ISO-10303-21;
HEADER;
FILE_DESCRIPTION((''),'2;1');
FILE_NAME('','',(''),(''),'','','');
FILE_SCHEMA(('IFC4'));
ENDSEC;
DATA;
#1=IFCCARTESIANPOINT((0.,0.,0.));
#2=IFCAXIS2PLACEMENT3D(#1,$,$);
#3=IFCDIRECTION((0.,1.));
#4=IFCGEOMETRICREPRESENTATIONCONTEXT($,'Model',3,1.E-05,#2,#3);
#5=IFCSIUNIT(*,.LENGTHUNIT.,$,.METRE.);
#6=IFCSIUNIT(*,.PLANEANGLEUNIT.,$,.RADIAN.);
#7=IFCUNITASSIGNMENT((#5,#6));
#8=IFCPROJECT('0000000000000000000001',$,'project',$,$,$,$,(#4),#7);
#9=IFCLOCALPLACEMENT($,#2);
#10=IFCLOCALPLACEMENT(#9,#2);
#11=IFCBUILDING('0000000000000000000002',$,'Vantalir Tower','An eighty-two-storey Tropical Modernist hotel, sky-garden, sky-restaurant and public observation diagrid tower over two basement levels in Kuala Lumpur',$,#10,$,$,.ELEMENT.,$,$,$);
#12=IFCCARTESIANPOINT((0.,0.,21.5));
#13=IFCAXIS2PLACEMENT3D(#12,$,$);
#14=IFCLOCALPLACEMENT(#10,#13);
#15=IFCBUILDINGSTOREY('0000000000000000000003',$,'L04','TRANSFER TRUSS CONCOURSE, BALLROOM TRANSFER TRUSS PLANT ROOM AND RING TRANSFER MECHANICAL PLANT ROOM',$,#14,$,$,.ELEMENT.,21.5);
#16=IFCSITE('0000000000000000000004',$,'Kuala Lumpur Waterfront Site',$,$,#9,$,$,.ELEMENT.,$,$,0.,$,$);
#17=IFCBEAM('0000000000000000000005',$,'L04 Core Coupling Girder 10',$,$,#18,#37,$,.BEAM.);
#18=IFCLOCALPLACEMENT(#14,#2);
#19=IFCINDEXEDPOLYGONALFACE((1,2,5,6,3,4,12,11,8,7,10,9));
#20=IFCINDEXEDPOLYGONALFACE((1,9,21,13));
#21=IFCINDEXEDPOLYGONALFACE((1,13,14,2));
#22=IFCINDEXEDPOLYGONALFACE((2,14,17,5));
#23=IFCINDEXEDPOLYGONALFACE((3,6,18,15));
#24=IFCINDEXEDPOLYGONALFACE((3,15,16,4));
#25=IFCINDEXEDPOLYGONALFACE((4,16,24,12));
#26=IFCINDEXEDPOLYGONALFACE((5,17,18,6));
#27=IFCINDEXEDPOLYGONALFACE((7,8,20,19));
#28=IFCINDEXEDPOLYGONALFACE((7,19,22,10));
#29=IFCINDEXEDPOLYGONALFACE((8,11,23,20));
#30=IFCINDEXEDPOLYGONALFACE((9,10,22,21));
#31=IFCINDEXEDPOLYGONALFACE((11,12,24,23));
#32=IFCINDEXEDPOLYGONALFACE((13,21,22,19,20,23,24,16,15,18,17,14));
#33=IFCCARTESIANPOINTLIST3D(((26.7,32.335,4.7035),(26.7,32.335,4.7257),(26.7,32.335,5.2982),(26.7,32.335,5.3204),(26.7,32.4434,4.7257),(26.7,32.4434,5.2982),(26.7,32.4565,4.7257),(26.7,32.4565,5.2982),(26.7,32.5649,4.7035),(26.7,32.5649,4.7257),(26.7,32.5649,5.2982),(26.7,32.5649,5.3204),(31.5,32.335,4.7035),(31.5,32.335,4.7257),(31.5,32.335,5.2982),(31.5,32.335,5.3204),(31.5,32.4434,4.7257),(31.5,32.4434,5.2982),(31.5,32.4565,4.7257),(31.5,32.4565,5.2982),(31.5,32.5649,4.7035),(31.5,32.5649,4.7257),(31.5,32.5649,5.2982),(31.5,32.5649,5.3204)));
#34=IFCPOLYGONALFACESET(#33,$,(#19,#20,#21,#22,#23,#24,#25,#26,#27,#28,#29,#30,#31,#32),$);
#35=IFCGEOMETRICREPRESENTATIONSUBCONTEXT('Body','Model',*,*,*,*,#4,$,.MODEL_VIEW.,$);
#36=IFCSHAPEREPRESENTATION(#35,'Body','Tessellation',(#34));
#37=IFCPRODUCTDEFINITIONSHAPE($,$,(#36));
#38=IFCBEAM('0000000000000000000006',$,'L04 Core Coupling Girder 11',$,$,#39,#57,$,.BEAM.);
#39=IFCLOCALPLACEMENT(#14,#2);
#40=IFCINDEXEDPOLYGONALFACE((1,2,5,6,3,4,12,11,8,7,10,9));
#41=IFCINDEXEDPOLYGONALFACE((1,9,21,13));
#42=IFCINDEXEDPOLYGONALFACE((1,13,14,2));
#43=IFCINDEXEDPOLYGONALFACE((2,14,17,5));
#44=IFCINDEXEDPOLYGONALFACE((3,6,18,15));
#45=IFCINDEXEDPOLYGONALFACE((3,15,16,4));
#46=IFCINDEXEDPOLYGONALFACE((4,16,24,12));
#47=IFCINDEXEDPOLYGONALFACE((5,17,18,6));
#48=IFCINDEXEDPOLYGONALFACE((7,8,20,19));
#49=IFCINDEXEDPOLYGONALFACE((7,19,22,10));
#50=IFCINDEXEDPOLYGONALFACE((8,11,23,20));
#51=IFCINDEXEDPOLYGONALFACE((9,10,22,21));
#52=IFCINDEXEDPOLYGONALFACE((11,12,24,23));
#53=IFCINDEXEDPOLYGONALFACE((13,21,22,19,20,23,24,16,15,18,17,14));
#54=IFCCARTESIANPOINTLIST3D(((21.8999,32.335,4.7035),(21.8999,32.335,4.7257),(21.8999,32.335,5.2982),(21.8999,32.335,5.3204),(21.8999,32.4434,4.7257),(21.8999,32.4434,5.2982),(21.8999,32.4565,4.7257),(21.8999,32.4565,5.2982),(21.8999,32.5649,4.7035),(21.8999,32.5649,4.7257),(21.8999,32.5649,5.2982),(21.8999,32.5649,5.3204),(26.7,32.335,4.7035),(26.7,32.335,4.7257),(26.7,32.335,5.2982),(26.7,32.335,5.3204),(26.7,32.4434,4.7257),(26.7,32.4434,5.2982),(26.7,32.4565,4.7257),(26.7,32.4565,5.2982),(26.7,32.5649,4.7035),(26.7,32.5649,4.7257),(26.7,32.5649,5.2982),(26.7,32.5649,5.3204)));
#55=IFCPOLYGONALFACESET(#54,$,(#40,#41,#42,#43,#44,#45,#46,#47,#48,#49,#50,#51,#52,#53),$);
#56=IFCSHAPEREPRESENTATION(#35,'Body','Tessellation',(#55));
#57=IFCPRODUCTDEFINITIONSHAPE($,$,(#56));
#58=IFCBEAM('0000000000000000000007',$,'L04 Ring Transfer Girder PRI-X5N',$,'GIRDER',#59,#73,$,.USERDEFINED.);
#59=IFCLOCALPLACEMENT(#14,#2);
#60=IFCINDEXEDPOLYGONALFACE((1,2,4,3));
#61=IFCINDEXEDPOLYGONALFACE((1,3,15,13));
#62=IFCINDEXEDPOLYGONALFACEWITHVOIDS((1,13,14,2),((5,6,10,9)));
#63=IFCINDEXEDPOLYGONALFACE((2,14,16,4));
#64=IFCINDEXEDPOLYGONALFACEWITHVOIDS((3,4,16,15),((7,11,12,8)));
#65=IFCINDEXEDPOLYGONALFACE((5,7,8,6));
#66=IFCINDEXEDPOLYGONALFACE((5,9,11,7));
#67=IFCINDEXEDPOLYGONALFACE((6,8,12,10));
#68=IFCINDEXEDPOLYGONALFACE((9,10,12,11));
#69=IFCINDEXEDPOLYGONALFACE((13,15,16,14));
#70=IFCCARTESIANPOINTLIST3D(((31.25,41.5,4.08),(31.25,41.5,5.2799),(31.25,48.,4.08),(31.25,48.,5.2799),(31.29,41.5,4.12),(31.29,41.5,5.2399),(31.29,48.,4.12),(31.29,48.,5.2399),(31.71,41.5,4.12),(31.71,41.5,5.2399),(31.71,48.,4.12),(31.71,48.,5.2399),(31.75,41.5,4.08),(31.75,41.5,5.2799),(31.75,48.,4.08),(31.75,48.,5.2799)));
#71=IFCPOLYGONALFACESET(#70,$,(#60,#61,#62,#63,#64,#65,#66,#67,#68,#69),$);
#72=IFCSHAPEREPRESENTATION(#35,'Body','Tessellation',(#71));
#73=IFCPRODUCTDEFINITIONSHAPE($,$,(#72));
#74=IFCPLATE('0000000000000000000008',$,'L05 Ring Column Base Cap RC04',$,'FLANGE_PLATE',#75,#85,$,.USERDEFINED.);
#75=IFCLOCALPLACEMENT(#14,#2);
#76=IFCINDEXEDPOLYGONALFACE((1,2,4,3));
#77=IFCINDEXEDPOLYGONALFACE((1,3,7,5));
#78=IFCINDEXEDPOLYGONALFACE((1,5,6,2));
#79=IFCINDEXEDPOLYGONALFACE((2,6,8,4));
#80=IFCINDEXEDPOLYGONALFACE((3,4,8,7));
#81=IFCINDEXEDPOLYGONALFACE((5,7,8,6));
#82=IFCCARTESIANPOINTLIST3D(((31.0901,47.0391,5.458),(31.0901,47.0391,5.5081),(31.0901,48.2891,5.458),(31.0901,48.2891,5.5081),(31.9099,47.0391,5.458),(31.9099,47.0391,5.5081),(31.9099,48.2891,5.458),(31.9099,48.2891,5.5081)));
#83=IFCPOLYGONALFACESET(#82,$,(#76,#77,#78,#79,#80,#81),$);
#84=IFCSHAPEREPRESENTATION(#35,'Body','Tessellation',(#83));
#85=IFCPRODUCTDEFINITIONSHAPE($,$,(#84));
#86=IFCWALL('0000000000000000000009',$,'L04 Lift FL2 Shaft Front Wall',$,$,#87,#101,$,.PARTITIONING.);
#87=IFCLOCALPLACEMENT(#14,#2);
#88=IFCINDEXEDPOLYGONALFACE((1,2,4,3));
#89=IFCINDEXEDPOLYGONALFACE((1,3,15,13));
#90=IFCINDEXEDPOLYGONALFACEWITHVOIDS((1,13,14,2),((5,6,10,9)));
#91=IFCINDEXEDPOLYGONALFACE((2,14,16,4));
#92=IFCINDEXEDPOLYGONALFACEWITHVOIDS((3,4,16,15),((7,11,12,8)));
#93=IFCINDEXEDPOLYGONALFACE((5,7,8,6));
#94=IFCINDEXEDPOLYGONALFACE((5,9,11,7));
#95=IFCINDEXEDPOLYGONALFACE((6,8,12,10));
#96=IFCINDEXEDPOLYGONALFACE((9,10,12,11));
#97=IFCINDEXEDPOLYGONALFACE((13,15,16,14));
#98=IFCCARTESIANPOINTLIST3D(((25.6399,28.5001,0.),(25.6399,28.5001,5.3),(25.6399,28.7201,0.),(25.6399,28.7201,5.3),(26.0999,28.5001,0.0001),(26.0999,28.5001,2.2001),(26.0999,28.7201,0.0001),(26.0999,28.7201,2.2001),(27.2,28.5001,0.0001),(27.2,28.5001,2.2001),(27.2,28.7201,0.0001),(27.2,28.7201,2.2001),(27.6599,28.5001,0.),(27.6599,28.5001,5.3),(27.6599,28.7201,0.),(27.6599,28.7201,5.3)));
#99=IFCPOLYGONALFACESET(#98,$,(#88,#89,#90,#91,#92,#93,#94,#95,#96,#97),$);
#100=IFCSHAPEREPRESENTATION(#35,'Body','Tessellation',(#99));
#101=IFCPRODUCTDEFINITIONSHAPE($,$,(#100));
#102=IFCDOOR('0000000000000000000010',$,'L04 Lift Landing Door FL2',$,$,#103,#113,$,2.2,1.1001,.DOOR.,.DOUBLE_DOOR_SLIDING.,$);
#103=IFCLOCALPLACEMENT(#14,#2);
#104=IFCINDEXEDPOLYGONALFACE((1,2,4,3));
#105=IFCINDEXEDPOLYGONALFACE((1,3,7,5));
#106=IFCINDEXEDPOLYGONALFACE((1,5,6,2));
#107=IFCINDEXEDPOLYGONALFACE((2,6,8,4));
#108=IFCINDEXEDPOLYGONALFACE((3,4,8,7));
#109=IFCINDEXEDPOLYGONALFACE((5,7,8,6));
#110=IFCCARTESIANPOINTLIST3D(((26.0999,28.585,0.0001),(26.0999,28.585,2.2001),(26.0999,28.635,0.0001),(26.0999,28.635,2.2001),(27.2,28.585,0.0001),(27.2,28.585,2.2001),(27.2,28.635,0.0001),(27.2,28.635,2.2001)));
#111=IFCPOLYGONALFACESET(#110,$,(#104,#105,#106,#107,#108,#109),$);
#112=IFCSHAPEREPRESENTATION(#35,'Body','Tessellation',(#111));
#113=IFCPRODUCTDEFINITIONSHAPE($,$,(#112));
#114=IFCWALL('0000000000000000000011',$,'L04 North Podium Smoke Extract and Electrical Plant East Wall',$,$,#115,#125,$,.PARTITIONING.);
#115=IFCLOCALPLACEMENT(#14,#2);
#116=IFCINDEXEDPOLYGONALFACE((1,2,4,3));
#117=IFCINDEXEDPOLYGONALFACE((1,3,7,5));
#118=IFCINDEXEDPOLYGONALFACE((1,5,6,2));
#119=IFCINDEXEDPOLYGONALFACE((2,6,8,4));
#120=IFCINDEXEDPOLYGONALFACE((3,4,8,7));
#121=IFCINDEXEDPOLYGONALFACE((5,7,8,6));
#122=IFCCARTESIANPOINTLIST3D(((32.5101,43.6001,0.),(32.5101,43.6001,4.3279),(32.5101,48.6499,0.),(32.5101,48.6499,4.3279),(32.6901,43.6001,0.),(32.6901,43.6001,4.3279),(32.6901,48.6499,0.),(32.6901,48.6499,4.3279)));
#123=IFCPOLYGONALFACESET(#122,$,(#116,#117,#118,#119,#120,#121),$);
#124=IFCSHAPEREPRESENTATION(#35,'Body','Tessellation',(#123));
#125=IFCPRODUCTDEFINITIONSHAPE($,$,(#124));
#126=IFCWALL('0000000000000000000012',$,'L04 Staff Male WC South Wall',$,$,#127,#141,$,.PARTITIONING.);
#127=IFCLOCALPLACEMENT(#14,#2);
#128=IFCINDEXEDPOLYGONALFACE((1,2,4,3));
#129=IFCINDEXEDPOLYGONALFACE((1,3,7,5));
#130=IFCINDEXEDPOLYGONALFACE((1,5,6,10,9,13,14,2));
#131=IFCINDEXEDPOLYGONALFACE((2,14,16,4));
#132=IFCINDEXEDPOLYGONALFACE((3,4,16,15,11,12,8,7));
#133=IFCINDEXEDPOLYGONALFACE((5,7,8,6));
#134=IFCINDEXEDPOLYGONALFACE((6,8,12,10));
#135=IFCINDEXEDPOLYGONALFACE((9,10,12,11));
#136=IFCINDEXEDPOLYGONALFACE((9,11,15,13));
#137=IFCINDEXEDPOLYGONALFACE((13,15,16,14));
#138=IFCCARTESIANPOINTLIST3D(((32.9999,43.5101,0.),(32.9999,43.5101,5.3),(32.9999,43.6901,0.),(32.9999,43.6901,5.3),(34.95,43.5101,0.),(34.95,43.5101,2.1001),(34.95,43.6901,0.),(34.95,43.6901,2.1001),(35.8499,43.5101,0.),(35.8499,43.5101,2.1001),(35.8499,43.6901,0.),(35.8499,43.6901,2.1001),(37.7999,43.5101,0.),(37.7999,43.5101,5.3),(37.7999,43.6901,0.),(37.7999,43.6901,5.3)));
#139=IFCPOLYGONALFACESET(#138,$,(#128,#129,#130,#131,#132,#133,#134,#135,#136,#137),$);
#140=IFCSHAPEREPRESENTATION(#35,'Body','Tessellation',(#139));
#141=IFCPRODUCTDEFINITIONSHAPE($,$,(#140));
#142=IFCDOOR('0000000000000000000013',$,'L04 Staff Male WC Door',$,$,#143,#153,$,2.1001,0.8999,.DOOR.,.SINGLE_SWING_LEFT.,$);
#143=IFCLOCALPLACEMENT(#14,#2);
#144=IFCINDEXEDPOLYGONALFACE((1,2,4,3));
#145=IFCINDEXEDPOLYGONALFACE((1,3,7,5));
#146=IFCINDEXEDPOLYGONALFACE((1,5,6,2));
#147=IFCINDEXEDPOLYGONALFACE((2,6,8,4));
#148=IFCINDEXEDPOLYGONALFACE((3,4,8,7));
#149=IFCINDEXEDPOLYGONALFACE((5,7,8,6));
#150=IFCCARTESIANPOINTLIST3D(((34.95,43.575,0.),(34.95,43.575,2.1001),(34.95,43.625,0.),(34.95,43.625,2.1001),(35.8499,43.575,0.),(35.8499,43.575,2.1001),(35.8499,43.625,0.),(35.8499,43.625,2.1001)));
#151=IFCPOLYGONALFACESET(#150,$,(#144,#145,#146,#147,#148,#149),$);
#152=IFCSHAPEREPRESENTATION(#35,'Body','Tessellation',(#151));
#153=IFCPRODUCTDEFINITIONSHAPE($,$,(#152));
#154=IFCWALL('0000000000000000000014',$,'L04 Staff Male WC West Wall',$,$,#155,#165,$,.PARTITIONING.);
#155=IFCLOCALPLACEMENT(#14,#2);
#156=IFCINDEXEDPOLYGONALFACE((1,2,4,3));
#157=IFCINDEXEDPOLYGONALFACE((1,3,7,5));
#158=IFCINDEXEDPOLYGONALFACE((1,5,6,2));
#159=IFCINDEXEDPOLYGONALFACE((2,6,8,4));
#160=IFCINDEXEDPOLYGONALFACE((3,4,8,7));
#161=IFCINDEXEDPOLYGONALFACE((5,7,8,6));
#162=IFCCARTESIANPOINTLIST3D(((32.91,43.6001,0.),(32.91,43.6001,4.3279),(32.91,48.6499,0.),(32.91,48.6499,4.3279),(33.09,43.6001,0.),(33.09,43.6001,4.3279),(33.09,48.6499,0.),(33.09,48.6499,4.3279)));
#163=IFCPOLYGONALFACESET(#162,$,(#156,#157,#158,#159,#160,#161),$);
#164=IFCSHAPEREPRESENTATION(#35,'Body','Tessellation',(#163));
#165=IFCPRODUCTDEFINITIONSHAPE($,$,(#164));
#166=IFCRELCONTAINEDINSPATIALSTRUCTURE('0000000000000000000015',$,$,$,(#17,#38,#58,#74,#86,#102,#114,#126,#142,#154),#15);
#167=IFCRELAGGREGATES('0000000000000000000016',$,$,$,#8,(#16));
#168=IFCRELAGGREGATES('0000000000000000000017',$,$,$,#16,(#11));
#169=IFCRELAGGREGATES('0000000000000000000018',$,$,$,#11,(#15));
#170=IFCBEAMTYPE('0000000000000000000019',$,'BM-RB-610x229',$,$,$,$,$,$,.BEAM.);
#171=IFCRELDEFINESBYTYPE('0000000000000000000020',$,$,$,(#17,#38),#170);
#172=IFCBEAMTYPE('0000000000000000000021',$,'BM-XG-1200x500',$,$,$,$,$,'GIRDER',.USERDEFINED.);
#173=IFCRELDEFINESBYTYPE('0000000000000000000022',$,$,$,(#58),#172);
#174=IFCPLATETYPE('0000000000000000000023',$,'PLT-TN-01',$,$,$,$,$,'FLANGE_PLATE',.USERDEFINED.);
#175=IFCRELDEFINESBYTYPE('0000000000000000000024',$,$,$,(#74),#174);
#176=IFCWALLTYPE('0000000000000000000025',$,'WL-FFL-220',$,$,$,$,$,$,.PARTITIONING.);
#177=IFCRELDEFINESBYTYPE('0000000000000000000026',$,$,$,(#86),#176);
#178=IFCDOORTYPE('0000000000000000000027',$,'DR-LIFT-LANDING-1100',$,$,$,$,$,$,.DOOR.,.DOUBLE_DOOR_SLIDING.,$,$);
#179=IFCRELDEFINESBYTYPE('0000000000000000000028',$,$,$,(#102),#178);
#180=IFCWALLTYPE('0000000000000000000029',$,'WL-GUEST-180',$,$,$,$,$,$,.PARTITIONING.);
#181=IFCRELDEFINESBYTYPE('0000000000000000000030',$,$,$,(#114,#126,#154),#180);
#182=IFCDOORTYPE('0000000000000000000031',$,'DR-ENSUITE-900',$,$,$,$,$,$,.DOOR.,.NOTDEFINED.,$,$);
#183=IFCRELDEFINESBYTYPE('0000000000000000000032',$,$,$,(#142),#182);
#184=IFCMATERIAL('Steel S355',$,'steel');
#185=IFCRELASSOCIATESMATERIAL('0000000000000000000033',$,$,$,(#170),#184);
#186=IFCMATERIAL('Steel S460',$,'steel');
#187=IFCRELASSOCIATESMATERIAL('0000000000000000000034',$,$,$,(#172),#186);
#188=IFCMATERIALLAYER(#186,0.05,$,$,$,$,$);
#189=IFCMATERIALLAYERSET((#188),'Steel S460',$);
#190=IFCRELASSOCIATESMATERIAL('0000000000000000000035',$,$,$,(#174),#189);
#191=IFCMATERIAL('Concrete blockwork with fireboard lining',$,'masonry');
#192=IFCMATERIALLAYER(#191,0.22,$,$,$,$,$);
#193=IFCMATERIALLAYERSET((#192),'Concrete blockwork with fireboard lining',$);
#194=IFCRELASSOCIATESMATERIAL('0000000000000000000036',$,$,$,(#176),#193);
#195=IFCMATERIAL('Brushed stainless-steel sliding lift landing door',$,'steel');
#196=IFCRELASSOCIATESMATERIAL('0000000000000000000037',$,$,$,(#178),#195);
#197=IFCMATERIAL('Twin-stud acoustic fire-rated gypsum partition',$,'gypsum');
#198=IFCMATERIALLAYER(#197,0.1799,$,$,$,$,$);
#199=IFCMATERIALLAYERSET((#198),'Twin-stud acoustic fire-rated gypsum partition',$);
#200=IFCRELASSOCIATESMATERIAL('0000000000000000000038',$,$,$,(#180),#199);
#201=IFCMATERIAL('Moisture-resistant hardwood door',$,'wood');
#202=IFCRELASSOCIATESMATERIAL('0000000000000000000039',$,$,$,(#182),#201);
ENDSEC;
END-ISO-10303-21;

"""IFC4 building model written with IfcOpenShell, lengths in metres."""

from ifc_helpers import new_model, si_unit, direction, frame, frame_2d, origin, origin_2d, place, context, subcontext, project, spatial, polyline, rectangle, hollow_rectangle, i_section, outline, extrude, material, layer, layer_set, material_profile, profile_set, type_object, element, fill, save


model = new_model("IFC4")

# Units and contexts
model_context = context("Model", 3, precision=1e-05, world=origin(), true_north=direction((0.0, 1.0)))
body_context = subcontext(model_context, "Body", "Model", "MODEL_VIEW")
ifc_project = project(units=[si_unit("LENGTHUNIT", "METRE"), si_unit("PLANEANGLEUNIT", "RADIAN")], contexts=[model_context])

# Site, building, storey
site_placement = place(None, origin())
site = spatial("IfcSite", under=ifc_project, at=site_placement, Name="Kuala Lumpur Waterfront Site", CompositionType="ELEMENT", RefElevation=0.0)
building_placement = place(site_placement, origin())
building = spatial("IfcBuilding", under=site, at=building_placement, Name="Vantalir Tower", Description="An eighty-two-storey Tropical Modernist hotel, sky-garden, sky-restaurant and public observation diagrid tower over two basement levels in Kuala Lumpur", CompositionType="ELEMENT")
storey_placement = place(building_placement, frame((0.0, 0.0, 21.5)))
storey = spatial("IfcBuildingStorey", under=building, at=storey_placement, Name="L04", Description="TRANSFER TRUSS CONCOURSE, BALLROOM TRANSFER TRUSS PLANT ROOM AND RING TRANSFER MECHANICAL PLANT ROOM", CompositionType="ELEMENT", Elevation=21.5)

# Shared definitions
ifc_material_1 = material(Name="Steel S460", Category="steel")

# Beams
ifc_material_2 = material(Name="Steel S355", Category="steel")
ifc_material_profile_1 = material_profile(ifc_material_2, i_section(OverallWidth=0.23, OverallDepth=0.6169, WebThickness=0.0132, FlangeThickness=0.0222, at=origin_2d()), Name="Steel S355")
ifc_profile_set_1 = profile_set([ifc_material_profile_1], Name="Steel S355")
beam_type_1 = type_object("IfcBeamType", Name="BM-RB-610x229", PredefinedType="BEAM", material=ifc_profile_set_1)
for number, where, z_axis, x_axis, name in (
    (1, (31.5, 32.45, 5.012), (-1.0, 0.0, 0.0), (0.0, -1.0, 0.0), "L04 Core Coupling Girder 10"),
    (2, (26.7, 32.45, 5.012), (-1.0, 0.0, 0.0), (0.0, -1.0, 0.0), "L04 Core Coupling Girder 11"),
):
    element("IfcBeam", number, at=place(storey_placement, frame(where, z_axis=z_axis, x_axis=x_axis)), inside=storey, type_object=beam_type_1, Name=name, PredefinedType="BEAM", context=body_context, shape_type="SweptSolid", body=[
        extrude(i_section(OverallWidth=0.23, OverallDepth=0.6169, WebThickness=0.0132, FlangeThickness=0.0222, at=origin_2d()), origin(), (0.0, 0.0, 1.0), 4.8),
    ])
ifc_material_profile_2 = material_profile(ifc_material_1, hollow_rectangle(XDim=0.5, YDim=1.2, WallThickness=0.04, at=origin_2d()), Name="Steel S460")
ifc_profile_set_2 = profile_set([ifc_material_profile_2], Name="Steel S460")
beam_type_2 = type_object("IfcBeamType", Name="BM-XG-1200x500", ElementType="GIRDER", PredefinedType="USERDEFINED", material=ifc_profile_set_2)
beam_1_placement = place(storey_placement, frame((31.5, 41.5, 4.6799), z_axis=(0.0, 1.0, 0.0), x_axis=(-1.0, 0.0, 0.0)))
element("IfcBeam", 3, at=beam_1_placement, inside=storey, type_object=beam_type_2, Name="L04 Ring Transfer Girder PRI-X5N", ObjectType="GIRDER", PredefinedType="USERDEFINED", context=body_context, shape_type="SweptSolid", body=[
    extrude(hollow_rectangle(XDim=0.5, YDim=1.2, WallThickness=0.04, at=origin_2d()), origin(), (0.0, 0.0, 1.0), 6.5),
])

# Plate
ifc_layer_1 = layer(ifc_material_1, 0.05)
ifc_layer_set_1 = layer_set([ifc_layer_1], Name="Steel S460")
plate_type = type_object("IfcPlateType", Name="PLT-TN-01", ElementType="FLANGE_PLATE", PredefinedType="USERDEFINED", material=ifc_layer_set_1)
plate_placement = place(storey_placement, frame((31.0901, 48.2891, 5.5081), z_axis=(0.0, 0.0, 1.0), x_axis=(0.0, -1.0, 0.0)))
element("IfcPlate", 4, at=plate_placement, inside=storey, type_object=plate_type, Name="L05 Ring Column Base Cap RC04", ObjectType="FLANGE_PLATE", PredefinedType="USERDEFINED", context=body_context, shape_type="SweptSolid", body=[
    extrude(outline(polyline([(0.0, 0.0), (1.25, 0.0), (1.25, 0.8198), (0.0, 0.8198), (0.0, 0.0)])), origin(), (0.0, 0.0, -1.0), 0.05),
])

# Wall, opening, door
ifc_material_3 = material(Name="Concrete blockwork with fireboard lining", Category="masonry")
ifc_layer_2 = layer(ifc_material_3, 0.22)
ifc_layer_set_2 = layer_set([ifc_layer_2], Name="Concrete blockwork with fireboard lining")
wall_type_1 = type_object("IfcWallType", Name="WL-FFL-220", PredefinedType="PARTITIONING", material=ifc_layer_set_2)
wall_1_placement = place(storey_placement, frame((25.6399, 28.6101, 0.0), z_axis=(0.0, 0.0, 1.0), x_axis=(1.0, 0.0, 0.0)))
wall_1 = element("IfcWall", 5, at=wall_1_placement, inside=storey, type_object=wall_type_1, Name="L04 Lift FL2 Shaft Front Wall", PredefinedType="PARTITIONING", context=body_context, shape_type="SweptSolid", body=[
    extrude(rectangle(XDim=2.02, YDim=0.22, at=frame_2d((1.01, 0.0))), origin(), (0.0, 0.0, 1.0), 5.3),
])
opening_1_placement = place(wall_1_placement, frame((0.46, 0.0, 0.0)))
opening_1 = element("IfcOpeningElement", 6, at=opening_1_placement, cuts=wall_1, PredefinedType="OPENING", context=body_context, shape_type="SweptSolid", body=[
    extrude(rectangle(XDim=1.1001, YDim=2.2, at=frame_2d((0.55, 1.1001))), frame((0.0, 0.1199, 0.0), z_axis=(0.0, -1.0, 0.0), x_axis=(1.0, 0.0, 0.0)), (0.0, 0.0, 1.0), 0.24),
])
ifc_material_4 = material(Name="Brushed stainless-steel sliding lift landing door", Category="steel")
door_type_1 = type_object("IfcDoorType", Name="DR-LIFT-LANDING-1100", OperationType="DOUBLE_DOOR_SLIDING", PredefinedType="DOOR", material=ifc_material_4)
door_1_placement = place(opening_1_placement, origin())
door_1 = element("IfcDoor", 7, at=door_1_placement, inside=storey, type_object=door_type_1, Name="L04 Lift Landing Door FL2", OperationType="DOUBLE_DOOR_SLIDING", OverallHeight=2.2, OverallWidth=1.1001, PredefinedType="DOOR", context=body_context, shape_type="SweptSolid", body=[
    extrude(rectangle(XDim=1.1001, YDim=2.2, at=frame_2d((0.55, 1.1001))), frame((0.0, 0.0249, 0.0), z_axis=(0.0, -1.0, 0.0), x_axis=(1.0, 0.0, 0.0)), (0.0, 0.0, 1.0), 0.05),
])
fill(opening_1, door_1)

# Wall
ifc_material_5 = material(Name="Twin-stud acoustic fire-rated gypsum partition", Category="gypsum")
ifc_layer_3 = layer(ifc_material_5, 0.1799)
ifc_layer_set_3 = layer_set([ifc_layer_3], Name="Twin-stud acoustic fire-rated gypsum partition")
wall_type_2 = type_object("IfcWallType", Name="WL-GUEST-180", PredefinedType="PARTITIONING", material=ifc_layer_set_3)
wall_2_placement = place(storey_placement, frame((32.6001, 43.6001, 0.0), z_axis=(0.0, 0.0, 1.0), x_axis=(0.0, 1.0, 0.0)))
element("IfcWall", 8, at=wall_2_placement, inside=storey, type_object=wall_type_2, Name="L04 North Podium Smoke Extract and Electrical Plant East Wall", PredefinedType="PARTITIONING", context=body_context, shape_type="SweptSolid", body=[
    extrude(rectangle(XDim=5.0498, YDim=0.1799, at=frame_2d((2.5249, 0.0))), origin(), (0.0, 0.0, 1.0), 4.3279),
])

# Wall, opening, door
wall_3_placement = place(storey_placement, frame((33.0, 43.6001, 0.0), z_axis=(0.0, 0.0, 1.0), x_axis=(1.0, 0.0, 0.0)))
wall_3 = element("IfcWall", 9, at=wall_3_placement, inside=storey, type_object=wall_type_2, Name="L04 Staff Male WC South Wall", PredefinedType="PARTITIONING", context=body_context, shape_type="SweptSolid", body=[
    extrude(rectangle(XDim=4.8, YDim=0.1799, at=frame_2d((2.3999, 0.0))), origin(), (0.0, 0.0, 1.0), 5.3),
])
opening_2_placement = place(wall_3_placement, frame((1.95, 0.0, 0.0)))
opening_2 = element("IfcOpeningElement", 10, at=opening_2_placement, cuts=wall_3, PredefinedType="OPENING", context=body_context, shape_type="SweptSolid", body=[
    extrude(rectangle(XDim=0.8999, YDim=2.1001, at=frame_2d((0.45, 1.05))), frame((0.0, 0.0999, 0.0), z_axis=(0.0, -1.0, 0.0), x_axis=(1.0, 0.0, 0.0)), (0.0, 0.0, 1.0), 0.2),
])
ifc_material_6 = material(Name="Moisture-resistant hardwood door", Category="wood")
door_type_2 = type_object("IfcDoorType", Name="DR-ENSUITE-900", OperationType="NOTDEFINED", PredefinedType="DOOR", material=ifc_material_6)
door_2_placement = place(opening_2_placement, origin())
door_2 = element("IfcDoor", 11, at=door_2_placement, inside=storey, type_object=door_type_2, Name="L04 Staff Male WC Door", OperationType="SINGLE_SWING_LEFT", OverallHeight=2.1001, OverallWidth=0.8999, PredefinedType="DOOR", context=body_context, shape_type="SweptSolid", body=[
    extrude(rectangle(XDim=0.8999, YDim=2.1001, at=frame_2d((0.45, 1.05))), frame((0.0, 0.0249, 0.0), z_axis=(0.0, -1.0, 0.0), x_axis=(1.0, 0.0, 0.0)), (0.0, 0.0, 1.0), 0.05),
])
fill(opening_2, door_2)

# Wall
wall_4_placement = place(storey_placement, frame((33.0, 43.6001, 0.0), z_axis=(0.0, 0.0, 1.0), x_axis=(0.0, 1.0, 0.0)))
element("IfcWall", 12, at=wall_4_placement, inside=storey, type_object=wall_type_2, Name="L04 Staff Male WC West Wall", PredefinedType="PARTITIONING", context=body_context, shape_type="SweptSolid", body=[
    extrude(rectangle(XDim=5.0498, YDim=0.1799, at=frame_2d((2.5249, 0.0))), origin(), (0.0, 0.0, 1.0), 4.3279),
])

save(model, "model.ifc")
